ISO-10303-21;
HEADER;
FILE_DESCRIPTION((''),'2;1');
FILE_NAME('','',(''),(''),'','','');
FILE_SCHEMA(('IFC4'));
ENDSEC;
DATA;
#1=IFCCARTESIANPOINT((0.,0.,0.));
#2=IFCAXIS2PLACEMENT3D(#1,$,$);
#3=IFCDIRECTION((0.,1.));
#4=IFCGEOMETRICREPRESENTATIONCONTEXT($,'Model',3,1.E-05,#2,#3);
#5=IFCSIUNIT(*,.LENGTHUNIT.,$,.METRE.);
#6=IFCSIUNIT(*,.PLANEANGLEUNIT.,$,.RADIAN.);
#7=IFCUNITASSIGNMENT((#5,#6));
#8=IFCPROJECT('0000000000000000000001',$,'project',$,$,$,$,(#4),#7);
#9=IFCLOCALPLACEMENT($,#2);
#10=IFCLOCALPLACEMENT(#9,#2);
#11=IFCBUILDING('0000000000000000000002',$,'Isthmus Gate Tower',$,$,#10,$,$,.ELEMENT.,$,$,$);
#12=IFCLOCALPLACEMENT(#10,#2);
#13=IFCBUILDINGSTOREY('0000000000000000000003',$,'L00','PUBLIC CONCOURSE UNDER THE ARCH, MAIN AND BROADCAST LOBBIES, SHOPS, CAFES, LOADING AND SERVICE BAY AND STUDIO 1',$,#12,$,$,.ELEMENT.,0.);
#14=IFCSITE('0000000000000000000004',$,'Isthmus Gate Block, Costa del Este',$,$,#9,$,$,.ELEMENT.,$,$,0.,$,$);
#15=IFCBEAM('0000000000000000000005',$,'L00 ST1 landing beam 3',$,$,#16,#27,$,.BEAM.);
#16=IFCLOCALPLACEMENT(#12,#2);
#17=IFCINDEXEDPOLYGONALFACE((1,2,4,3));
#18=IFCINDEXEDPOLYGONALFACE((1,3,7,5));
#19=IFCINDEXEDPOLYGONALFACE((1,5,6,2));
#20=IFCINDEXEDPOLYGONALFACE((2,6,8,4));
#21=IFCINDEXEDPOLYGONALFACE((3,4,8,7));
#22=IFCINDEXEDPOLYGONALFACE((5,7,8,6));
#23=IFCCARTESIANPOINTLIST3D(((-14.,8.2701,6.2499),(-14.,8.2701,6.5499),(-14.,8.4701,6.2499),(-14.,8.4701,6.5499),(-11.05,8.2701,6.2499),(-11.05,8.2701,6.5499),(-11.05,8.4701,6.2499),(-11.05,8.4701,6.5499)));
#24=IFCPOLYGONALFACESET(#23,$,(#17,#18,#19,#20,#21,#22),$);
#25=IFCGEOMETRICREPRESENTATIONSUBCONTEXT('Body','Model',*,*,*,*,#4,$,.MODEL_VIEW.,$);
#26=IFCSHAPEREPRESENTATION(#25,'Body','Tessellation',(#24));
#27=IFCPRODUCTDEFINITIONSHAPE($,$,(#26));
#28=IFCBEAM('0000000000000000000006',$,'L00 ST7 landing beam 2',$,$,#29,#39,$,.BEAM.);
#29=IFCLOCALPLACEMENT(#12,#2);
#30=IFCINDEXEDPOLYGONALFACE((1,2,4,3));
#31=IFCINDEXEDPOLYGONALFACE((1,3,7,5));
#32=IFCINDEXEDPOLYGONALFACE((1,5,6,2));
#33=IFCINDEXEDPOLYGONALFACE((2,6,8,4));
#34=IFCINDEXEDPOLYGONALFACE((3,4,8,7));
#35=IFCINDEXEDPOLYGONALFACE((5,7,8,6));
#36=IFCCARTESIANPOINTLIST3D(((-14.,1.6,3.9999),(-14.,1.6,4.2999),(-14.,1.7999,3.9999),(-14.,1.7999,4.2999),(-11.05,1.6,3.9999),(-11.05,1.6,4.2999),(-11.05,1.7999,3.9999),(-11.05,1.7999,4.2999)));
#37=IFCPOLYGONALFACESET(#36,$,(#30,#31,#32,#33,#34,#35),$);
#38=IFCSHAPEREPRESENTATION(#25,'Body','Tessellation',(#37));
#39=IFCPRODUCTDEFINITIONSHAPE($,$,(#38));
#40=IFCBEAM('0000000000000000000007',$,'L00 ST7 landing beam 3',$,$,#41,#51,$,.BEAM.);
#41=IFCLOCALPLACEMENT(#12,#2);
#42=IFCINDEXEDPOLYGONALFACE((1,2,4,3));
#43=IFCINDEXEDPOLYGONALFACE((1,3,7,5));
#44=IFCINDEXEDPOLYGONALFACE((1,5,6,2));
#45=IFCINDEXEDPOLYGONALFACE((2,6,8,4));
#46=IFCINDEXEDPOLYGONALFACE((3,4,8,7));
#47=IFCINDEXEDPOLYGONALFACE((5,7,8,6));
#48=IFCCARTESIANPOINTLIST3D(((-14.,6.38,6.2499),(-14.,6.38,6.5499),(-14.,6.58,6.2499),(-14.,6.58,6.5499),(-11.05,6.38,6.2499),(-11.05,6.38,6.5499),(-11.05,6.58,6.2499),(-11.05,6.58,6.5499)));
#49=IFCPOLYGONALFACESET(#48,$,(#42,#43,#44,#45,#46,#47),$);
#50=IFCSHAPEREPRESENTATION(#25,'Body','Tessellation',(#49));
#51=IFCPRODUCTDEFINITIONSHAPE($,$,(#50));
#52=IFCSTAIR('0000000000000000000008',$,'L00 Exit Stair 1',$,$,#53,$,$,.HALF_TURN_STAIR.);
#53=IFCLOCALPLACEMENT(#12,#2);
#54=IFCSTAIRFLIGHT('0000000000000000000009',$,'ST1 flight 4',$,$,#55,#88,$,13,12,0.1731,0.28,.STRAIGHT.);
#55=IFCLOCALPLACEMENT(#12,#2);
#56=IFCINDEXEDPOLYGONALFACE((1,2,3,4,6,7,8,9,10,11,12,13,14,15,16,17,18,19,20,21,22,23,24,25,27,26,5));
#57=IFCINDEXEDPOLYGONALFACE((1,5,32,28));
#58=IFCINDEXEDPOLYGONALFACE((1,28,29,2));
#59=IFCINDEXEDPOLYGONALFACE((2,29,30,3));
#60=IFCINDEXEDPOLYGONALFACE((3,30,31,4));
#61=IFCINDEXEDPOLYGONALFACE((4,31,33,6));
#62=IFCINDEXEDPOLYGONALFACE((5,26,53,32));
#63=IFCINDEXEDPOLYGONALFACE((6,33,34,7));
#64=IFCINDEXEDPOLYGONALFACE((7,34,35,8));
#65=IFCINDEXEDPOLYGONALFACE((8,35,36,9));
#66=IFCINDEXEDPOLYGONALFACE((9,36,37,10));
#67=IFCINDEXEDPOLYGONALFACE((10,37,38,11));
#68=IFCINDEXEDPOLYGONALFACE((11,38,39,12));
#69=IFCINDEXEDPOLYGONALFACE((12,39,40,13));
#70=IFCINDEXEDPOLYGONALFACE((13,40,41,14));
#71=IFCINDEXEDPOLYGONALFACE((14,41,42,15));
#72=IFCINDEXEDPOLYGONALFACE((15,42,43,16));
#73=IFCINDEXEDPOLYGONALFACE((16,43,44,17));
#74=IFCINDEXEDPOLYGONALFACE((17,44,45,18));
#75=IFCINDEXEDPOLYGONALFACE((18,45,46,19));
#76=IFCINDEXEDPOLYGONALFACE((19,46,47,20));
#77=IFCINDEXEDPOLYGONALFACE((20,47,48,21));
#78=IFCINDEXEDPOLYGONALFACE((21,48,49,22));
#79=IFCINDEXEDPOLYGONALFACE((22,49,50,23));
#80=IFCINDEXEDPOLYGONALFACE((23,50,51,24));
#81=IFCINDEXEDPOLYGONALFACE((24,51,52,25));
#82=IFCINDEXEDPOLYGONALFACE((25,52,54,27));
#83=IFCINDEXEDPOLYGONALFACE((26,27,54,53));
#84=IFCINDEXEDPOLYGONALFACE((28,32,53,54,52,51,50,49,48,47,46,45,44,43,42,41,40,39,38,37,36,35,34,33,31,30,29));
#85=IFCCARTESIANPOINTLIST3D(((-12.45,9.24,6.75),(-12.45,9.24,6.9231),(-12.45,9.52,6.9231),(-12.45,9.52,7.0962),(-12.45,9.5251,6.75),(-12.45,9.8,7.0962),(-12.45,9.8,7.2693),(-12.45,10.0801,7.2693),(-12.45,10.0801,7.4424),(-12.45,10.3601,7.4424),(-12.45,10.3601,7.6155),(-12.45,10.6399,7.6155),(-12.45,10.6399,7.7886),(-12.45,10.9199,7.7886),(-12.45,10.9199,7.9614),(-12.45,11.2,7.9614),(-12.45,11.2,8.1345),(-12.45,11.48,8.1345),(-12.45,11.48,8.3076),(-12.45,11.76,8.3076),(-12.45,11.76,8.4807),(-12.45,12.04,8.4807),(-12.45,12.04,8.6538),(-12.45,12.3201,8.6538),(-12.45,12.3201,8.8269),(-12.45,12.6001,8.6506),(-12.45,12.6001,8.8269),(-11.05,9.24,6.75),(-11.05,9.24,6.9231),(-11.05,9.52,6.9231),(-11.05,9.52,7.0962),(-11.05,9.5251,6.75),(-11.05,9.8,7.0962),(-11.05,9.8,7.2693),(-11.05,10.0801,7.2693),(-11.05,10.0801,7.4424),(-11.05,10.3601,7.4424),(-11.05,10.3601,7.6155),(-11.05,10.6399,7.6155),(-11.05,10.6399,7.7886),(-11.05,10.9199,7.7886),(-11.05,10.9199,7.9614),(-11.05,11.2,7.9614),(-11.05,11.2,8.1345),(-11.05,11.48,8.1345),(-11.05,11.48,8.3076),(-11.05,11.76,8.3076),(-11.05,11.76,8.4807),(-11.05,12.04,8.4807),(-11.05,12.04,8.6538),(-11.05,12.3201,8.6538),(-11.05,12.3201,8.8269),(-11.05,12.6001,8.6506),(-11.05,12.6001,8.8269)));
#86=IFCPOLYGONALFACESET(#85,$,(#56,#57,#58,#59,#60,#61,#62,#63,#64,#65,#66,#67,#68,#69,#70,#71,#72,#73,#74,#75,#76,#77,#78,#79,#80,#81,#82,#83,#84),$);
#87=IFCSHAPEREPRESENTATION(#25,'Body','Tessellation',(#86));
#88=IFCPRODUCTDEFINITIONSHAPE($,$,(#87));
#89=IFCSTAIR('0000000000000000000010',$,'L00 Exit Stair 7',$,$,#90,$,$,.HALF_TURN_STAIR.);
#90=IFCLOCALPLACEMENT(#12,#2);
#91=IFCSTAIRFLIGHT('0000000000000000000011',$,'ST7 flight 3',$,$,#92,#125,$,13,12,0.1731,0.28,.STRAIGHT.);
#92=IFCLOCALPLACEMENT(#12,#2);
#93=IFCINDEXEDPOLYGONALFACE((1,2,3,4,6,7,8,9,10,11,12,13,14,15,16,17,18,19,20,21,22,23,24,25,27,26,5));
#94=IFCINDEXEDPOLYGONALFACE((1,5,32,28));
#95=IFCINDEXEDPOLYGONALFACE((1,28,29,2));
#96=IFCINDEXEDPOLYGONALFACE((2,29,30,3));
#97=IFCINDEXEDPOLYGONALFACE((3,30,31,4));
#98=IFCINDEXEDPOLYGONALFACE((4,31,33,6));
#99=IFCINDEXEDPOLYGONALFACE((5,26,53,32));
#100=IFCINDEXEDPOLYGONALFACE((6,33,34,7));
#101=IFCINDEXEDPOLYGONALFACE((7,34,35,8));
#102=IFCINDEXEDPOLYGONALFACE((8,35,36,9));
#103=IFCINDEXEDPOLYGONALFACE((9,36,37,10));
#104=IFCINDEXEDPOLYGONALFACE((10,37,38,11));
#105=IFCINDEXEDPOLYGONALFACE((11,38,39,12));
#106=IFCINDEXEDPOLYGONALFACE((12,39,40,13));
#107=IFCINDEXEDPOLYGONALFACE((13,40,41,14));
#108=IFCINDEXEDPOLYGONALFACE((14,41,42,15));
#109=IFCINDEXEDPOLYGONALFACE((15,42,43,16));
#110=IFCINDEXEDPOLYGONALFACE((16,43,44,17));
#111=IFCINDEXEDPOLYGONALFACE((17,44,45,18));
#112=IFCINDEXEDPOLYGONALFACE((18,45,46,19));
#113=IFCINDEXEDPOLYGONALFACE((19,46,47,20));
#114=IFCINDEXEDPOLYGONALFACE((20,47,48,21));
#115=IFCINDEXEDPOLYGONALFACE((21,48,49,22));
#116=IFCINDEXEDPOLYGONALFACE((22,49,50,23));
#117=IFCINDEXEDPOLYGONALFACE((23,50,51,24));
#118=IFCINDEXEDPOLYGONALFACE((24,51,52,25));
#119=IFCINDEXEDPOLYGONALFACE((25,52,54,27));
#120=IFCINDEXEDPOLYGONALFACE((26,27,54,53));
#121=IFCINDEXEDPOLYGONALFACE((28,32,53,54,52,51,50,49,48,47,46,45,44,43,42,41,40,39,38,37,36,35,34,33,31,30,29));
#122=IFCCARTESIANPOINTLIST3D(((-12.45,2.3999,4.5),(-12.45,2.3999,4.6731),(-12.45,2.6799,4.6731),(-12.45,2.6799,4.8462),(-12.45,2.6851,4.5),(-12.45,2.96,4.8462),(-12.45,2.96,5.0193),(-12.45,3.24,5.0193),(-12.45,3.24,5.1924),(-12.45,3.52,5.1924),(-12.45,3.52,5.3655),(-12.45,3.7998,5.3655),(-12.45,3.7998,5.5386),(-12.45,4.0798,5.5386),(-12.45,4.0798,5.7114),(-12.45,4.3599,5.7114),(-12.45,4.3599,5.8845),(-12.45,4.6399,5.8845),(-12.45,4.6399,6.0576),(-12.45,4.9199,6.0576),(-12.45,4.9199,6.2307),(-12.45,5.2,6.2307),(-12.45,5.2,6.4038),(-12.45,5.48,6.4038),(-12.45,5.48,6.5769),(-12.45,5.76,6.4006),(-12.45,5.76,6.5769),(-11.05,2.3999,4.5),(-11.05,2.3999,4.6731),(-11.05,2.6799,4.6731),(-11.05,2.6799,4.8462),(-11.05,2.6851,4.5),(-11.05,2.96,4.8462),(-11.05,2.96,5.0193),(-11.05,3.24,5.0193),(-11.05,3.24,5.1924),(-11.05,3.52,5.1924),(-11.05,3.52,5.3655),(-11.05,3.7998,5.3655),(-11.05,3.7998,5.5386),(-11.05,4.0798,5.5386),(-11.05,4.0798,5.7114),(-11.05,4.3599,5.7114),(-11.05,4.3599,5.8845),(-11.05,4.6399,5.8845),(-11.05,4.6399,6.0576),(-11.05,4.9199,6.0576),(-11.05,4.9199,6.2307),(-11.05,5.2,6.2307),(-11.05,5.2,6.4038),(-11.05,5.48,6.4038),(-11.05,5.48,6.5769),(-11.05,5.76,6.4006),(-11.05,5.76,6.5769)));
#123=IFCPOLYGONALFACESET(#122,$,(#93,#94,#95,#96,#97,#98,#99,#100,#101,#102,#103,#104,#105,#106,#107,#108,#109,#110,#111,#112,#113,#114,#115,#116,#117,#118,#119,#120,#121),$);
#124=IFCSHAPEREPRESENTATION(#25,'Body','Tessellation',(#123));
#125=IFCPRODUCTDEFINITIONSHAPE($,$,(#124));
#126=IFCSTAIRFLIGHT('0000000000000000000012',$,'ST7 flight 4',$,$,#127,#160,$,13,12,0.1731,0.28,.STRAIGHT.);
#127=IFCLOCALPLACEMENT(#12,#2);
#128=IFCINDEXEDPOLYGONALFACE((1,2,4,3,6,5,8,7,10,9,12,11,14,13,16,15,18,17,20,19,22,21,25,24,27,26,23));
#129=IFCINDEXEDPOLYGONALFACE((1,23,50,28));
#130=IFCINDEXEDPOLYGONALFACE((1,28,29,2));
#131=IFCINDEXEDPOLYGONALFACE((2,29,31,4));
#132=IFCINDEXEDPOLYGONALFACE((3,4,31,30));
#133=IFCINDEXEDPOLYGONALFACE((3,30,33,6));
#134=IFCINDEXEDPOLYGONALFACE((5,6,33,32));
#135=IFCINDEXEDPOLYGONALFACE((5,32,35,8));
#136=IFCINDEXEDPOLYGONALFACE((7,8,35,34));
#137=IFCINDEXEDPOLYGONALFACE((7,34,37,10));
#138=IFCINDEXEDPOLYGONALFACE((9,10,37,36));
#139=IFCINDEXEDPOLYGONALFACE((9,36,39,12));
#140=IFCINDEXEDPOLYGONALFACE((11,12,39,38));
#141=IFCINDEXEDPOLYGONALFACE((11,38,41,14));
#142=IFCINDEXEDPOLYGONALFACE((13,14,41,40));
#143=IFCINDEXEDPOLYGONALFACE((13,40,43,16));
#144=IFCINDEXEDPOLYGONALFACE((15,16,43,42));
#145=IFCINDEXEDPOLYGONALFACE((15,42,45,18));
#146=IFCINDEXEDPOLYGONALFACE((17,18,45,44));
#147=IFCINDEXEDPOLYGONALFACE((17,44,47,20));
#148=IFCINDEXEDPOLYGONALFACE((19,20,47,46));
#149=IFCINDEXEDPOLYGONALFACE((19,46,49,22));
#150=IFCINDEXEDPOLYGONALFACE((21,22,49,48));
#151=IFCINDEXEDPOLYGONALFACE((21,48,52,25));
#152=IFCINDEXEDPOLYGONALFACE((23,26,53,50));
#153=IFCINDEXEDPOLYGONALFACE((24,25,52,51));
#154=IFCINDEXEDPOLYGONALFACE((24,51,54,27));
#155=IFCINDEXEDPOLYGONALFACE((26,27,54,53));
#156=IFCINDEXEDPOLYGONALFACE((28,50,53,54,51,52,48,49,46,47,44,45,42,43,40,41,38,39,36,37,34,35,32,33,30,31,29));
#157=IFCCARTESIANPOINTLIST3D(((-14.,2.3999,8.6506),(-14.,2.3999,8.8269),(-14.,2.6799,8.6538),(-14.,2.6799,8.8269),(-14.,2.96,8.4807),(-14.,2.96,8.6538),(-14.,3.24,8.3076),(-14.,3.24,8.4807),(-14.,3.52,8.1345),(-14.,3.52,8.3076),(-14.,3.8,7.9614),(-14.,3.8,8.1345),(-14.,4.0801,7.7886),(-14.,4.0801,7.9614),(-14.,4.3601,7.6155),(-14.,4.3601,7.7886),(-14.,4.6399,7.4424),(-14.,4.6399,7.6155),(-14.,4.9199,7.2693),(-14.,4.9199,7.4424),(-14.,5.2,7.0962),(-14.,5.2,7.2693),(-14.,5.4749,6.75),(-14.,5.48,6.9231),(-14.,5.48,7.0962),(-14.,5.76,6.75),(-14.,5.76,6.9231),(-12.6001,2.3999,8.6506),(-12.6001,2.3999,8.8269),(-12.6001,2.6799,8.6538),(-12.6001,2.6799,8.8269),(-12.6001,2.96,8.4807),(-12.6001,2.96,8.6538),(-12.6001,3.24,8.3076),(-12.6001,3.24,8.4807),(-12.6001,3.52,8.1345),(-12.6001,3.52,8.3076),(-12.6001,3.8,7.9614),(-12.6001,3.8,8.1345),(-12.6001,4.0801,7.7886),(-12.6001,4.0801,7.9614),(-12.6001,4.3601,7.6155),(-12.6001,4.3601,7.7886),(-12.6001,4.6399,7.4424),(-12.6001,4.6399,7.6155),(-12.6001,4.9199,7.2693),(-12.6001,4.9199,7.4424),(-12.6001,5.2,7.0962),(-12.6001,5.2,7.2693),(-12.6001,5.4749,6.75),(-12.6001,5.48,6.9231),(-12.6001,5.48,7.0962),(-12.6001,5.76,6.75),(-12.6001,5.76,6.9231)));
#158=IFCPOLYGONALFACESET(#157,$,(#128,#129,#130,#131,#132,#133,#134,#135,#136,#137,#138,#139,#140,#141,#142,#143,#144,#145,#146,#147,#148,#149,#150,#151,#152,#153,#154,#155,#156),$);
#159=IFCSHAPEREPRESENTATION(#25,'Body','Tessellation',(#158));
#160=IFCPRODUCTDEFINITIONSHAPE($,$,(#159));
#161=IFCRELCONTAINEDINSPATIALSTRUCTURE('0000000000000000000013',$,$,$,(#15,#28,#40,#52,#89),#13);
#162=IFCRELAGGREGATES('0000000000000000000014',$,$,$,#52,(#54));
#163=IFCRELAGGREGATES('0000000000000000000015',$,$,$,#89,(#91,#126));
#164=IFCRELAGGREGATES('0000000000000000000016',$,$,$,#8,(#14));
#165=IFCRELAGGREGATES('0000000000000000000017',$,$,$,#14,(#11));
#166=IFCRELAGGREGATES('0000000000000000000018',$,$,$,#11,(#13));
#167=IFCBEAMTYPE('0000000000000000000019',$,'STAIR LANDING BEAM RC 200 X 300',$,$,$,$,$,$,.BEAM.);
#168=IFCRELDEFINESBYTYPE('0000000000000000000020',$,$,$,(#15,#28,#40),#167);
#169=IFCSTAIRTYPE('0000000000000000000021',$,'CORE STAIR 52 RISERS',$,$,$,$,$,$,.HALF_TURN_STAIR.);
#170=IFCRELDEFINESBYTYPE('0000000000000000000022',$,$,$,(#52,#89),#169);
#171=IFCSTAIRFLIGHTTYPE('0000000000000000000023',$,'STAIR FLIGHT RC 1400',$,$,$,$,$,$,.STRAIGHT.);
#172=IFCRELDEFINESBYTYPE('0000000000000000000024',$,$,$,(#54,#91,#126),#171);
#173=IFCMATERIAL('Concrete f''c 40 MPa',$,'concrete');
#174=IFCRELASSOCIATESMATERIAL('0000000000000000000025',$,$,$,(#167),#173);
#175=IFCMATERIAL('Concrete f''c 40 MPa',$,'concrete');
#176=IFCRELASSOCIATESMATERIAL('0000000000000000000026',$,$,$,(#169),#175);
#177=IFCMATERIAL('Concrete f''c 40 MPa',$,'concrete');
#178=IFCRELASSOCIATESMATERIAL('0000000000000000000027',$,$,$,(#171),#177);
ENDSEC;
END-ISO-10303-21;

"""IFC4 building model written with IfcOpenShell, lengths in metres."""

from ifc_helpers import new_model, si_unit, direction, frame, origin, origin_2d, place, context, subcontext, project, spatial, polyline, rectangle, outline, extrude, material, material_profile, profile_set, type_object, element, aggregate, save


model = new_model("IFC4")

# Units and contexts
model_context = context("Model", 3, precision=1e-05, world=origin(), true_north=direction((0.0, 1.0)))
body_context = subcontext(model_context, "Body", "Model", "MODEL_VIEW")
ifc_project = project(units=[si_unit("LENGTHUNIT", "METRE"), si_unit("PLANEANGLEUNIT", "RADIAN")], contexts=[model_context])

# Site, building, storey
site_placement = place(None, origin())
site = spatial("IfcSite", under=ifc_project, at=site_placement, Name="Isthmus Gate Block, Costa del Este", CompositionType="ELEMENT", RefElevation=0.0)
building_placement = place(site_placement, origin())
building = spatial("IfcBuilding", under=site, at=building_placement, Name="Isthmus Gate Tower", CompositionType="ELEMENT")
storey_placement = place(building_placement, origin())
storey = spatial("IfcBuildingStorey", under=building, at=storey_placement, Name="L00", Description="PUBLIC CONCOURSE UNDER THE ARCH, MAIN AND BROADCAST LOBBIES, SHOPS, CAFES, LOADING AND SERVICE BAY AND STUDIO 1", CompositionType="ELEMENT", Elevation=0.0)

# Beams
ifc_material_1 = material(Name="Concrete f'c 40 MPa", Category="concrete")
ifc_material_profile = material_profile(ifc_material_1, rectangle(XDim=0.2, YDim=0.3, at=origin_2d()), Name="STAIR LANDING BEAM RC 200 X 300")
ifc_profile_set = profile_set([ifc_material_profile], Name="Concrete f'c 40 MPa")
beam_type = type_object("IfcBeamType", Name="STAIR LANDING BEAM RC 200 X 300", PredefinedType="BEAM", material=ifc_profile_set)
for number, where, z_axis, x_axis, name in (
    (1, (-14.0, 8.3701, 6.3999), (1.0, 0.0, 0.0), (0.0, 1.0, 0.0), "L00 ST1 landing beam 3"),
    (2, (-14.0, 1.7, 4.1499), (1.0, 0.0, 0.0), (0.0, 1.0, 0.0), "L00 ST7 landing beam 2"),
    (3, (-14.0, 6.48, 6.3999), (1.0, 0.0, 0.0), (0.0, 1.0, 0.0), "L00 ST7 landing beam 3"),
):
    element("IfcBeam", number, at=place(storey_placement, frame(where, z_axis=z_axis, x_axis=x_axis)), inside=storey, type_object=beam_type, Name=name, PredefinedType="BEAM", context=body_context, shape_type="SweptSolid", body=[
        extrude(rectangle(XDim=0.2, YDim=0.3, at=origin_2d()), origin(), (0.0, 0.0, 1.0), 2.95),
    ])

# Stair, stair flight
ifc_material_2 = material(Name="Concrete f'c 40 MPa", Category="concrete")
stair_type = type_object("IfcStairType", Name="CORE STAIR 52 RISERS", PredefinedType="HALF_TURN_STAIR", material=ifc_material_2)
stair_1_placement = place(storey_placement, origin())
stair_1 = element("IfcStair", 4, at=stair_1_placement, inside=storey, type_object=stair_type, Name="L00 Exit Stair 1", PredefinedType="HALF_TURN_STAIR")
ifc_material_3 = material(Name="Concrete f'c 40 MPa", Category="concrete")
stair_flight_type = type_object("IfcStairFlightType", Name="STAIR FLIGHT RC 1400", PredefinedType="STRAIGHT", material=ifc_material_3)
stair_flight_1_placement = place(storey_placement, frame((-11.75, 9.24, 6.75), z_axis=(0.0, 0.0, 1.0), x_axis=(0.0, 1.0, 0.0)))
stair_flight_1 = element("IfcStairFlight", 5, at=stair_flight_1_placement, type_object=stair_flight_type, Name="ST1 flight 4", NumberOfRisers=13, NumberOfTreads=12, PredefinedType="STRAIGHT", RiserHeight=0.1731, TreadLength=0.28, context=body_context, shape_type="SweptSolid", body=[
    extrude(outline(polyline([(0.0, 0.0), (0.0, 0.1731), (0.28, 0.1731), (0.28, 0.3462), (0.5601, 0.3462), (0.5601, 0.5193), (0.8401, 0.5193), (0.8401, 0.6924), (1.1201, 0.6924), (1.1201, 0.8655), (1.3999, 0.8655), (1.3999, 1.0386), (1.6799, 1.0386), (1.6799, 1.2114), (1.96, 1.2114), (1.96, 1.3845), (2.24, 1.3845), (2.24, 1.5576), (2.52, 1.5576), (2.52, 1.7307), (2.8, 1.7307), (2.8, 1.9038), (3.0801, 1.9038), (3.0801, 2.0769), (3.3601, 2.0769), (3.3601, 2.25), (3.3601, 1.9006), (0.2852, 0.0), (0.0, 0.0)])), frame((0.0, 0.7, 0.0), z_axis=(0.0, -1.0, 0.0), x_axis=(1.0, 0.0, 0.0)), (0.0, 0.0, 1.0), 1.3999),
])
aggregate(stair_1, [stair_flight_1])

# Stair, stair flights
stair_2_placement = place(storey_placement, origin())
stair_2 = element("IfcStair", 6, at=stair_2_placement, inside=storey, type_object=stair_type, Name="L00 Exit Stair 7", PredefinedType="HALF_TURN_STAIR")
stair_flight_2_placement = place(storey_placement, frame((-11.75, 2.3999, 4.5), z_axis=(0.0, 0.0, 1.0), x_axis=(0.0, 1.0, 0.0)))
stair_flight_2 = element("IfcStairFlight", 7, at=stair_flight_2_placement, type_object=stair_flight_type, Name="ST7 flight 3", NumberOfRisers=13, NumberOfTreads=12, PredefinedType="STRAIGHT", RiserHeight=0.1731, TreadLength=0.28, context=body_context, shape_type="SweptSolid", body=[
    extrude(outline(polyline([(0.0, 0.0), (0.0, 0.1731), (0.28, 0.1731), (0.28, 0.3462), (0.5601, 0.3462), (0.5601, 0.5193), (0.8401, 0.5193), (0.8401, 0.6924), (1.1201, 0.6924), (1.1201, 0.8655), (1.3999, 0.8655), (1.3999, 1.0386), (1.6799, 1.0386), (1.6799, 1.2114), (1.96, 1.2114), (1.96, 1.3845), (2.24, 1.3845), (2.24, 1.5576), (2.52, 1.5576), (2.52, 1.7307), (2.8, 1.7307), (2.8, 1.9038), (3.0801, 1.9038), (3.0801, 2.0769), (3.3601, 2.0769), (3.3601, 2.25), (3.3601, 1.9006), (0.2852, 0.0), (0.0, 0.0)])), frame((0.0, 0.7, 0.0), z_axis=(0.0, -1.0, 0.0), x_axis=(1.0, 0.0, 0.0)), (0.0, 0.0, 1.0), 1.3999),
])
stair_flight_3_placement = place(storey_placement, frame((-13.3, 5.76, 6.75), z_axis=(0.0, 0.0, 1.0), x_axis=(0.0, -1.0, 0.0)))
stair_flight_3 = element("IfcStairFlight", 8, at=stair_flight_3_placement, type_object=stair_flight_type, Name="ST7 flight 4", NumberOfRisers=13, NumberOfTreads=12, PredefinedType="STRAIGHT", RiserHeight=0.1731, TreadLength=0.28, context=body_context, shape_type="SweptSolid", body=[
    extrude(outline(polyline([(0.0, 0.0), (0.0, 0.1731), (0.28, 0.1731), (0.28, 0.3462), (0.5601, 0.3462), (0.5601, 0.5193), (0.8401, 0.5193), (0.8401, 0.6924), (1.1201, 0.6924), (1.1201, 0.8655), (1.3999, 0.8655), (1.3999, 1.0386), (1.6799, 1.0386), (1.6799, 1.2114), (1.96, 1.2114), (1.96, 1.3845), (2.24, 1.3845), (2.24, 1.5576), (2.52, 1.5576), (2.52, 1.7307), (2.8, 1.7307), (2.8, 1.9038), (3.0801, 1.9038), (3.0801, 2.0769), (3.3601, 2.0769), (3.3601, 2.25), (3.3601, 1.9006), (0.2852, 0.0), (0.0, 0.0)])), frame((0.0, 0.7, 0.0), z_axis=(0.0, -1.0, 0.0), x_axis=(1.0, 0.0, 0.0)), (0.0, 0.0, 1.0), 1.3999),
])
aggregate(stair_2, [stair_flight_2, stair_flight_3])

save(model, "model.ifc")
